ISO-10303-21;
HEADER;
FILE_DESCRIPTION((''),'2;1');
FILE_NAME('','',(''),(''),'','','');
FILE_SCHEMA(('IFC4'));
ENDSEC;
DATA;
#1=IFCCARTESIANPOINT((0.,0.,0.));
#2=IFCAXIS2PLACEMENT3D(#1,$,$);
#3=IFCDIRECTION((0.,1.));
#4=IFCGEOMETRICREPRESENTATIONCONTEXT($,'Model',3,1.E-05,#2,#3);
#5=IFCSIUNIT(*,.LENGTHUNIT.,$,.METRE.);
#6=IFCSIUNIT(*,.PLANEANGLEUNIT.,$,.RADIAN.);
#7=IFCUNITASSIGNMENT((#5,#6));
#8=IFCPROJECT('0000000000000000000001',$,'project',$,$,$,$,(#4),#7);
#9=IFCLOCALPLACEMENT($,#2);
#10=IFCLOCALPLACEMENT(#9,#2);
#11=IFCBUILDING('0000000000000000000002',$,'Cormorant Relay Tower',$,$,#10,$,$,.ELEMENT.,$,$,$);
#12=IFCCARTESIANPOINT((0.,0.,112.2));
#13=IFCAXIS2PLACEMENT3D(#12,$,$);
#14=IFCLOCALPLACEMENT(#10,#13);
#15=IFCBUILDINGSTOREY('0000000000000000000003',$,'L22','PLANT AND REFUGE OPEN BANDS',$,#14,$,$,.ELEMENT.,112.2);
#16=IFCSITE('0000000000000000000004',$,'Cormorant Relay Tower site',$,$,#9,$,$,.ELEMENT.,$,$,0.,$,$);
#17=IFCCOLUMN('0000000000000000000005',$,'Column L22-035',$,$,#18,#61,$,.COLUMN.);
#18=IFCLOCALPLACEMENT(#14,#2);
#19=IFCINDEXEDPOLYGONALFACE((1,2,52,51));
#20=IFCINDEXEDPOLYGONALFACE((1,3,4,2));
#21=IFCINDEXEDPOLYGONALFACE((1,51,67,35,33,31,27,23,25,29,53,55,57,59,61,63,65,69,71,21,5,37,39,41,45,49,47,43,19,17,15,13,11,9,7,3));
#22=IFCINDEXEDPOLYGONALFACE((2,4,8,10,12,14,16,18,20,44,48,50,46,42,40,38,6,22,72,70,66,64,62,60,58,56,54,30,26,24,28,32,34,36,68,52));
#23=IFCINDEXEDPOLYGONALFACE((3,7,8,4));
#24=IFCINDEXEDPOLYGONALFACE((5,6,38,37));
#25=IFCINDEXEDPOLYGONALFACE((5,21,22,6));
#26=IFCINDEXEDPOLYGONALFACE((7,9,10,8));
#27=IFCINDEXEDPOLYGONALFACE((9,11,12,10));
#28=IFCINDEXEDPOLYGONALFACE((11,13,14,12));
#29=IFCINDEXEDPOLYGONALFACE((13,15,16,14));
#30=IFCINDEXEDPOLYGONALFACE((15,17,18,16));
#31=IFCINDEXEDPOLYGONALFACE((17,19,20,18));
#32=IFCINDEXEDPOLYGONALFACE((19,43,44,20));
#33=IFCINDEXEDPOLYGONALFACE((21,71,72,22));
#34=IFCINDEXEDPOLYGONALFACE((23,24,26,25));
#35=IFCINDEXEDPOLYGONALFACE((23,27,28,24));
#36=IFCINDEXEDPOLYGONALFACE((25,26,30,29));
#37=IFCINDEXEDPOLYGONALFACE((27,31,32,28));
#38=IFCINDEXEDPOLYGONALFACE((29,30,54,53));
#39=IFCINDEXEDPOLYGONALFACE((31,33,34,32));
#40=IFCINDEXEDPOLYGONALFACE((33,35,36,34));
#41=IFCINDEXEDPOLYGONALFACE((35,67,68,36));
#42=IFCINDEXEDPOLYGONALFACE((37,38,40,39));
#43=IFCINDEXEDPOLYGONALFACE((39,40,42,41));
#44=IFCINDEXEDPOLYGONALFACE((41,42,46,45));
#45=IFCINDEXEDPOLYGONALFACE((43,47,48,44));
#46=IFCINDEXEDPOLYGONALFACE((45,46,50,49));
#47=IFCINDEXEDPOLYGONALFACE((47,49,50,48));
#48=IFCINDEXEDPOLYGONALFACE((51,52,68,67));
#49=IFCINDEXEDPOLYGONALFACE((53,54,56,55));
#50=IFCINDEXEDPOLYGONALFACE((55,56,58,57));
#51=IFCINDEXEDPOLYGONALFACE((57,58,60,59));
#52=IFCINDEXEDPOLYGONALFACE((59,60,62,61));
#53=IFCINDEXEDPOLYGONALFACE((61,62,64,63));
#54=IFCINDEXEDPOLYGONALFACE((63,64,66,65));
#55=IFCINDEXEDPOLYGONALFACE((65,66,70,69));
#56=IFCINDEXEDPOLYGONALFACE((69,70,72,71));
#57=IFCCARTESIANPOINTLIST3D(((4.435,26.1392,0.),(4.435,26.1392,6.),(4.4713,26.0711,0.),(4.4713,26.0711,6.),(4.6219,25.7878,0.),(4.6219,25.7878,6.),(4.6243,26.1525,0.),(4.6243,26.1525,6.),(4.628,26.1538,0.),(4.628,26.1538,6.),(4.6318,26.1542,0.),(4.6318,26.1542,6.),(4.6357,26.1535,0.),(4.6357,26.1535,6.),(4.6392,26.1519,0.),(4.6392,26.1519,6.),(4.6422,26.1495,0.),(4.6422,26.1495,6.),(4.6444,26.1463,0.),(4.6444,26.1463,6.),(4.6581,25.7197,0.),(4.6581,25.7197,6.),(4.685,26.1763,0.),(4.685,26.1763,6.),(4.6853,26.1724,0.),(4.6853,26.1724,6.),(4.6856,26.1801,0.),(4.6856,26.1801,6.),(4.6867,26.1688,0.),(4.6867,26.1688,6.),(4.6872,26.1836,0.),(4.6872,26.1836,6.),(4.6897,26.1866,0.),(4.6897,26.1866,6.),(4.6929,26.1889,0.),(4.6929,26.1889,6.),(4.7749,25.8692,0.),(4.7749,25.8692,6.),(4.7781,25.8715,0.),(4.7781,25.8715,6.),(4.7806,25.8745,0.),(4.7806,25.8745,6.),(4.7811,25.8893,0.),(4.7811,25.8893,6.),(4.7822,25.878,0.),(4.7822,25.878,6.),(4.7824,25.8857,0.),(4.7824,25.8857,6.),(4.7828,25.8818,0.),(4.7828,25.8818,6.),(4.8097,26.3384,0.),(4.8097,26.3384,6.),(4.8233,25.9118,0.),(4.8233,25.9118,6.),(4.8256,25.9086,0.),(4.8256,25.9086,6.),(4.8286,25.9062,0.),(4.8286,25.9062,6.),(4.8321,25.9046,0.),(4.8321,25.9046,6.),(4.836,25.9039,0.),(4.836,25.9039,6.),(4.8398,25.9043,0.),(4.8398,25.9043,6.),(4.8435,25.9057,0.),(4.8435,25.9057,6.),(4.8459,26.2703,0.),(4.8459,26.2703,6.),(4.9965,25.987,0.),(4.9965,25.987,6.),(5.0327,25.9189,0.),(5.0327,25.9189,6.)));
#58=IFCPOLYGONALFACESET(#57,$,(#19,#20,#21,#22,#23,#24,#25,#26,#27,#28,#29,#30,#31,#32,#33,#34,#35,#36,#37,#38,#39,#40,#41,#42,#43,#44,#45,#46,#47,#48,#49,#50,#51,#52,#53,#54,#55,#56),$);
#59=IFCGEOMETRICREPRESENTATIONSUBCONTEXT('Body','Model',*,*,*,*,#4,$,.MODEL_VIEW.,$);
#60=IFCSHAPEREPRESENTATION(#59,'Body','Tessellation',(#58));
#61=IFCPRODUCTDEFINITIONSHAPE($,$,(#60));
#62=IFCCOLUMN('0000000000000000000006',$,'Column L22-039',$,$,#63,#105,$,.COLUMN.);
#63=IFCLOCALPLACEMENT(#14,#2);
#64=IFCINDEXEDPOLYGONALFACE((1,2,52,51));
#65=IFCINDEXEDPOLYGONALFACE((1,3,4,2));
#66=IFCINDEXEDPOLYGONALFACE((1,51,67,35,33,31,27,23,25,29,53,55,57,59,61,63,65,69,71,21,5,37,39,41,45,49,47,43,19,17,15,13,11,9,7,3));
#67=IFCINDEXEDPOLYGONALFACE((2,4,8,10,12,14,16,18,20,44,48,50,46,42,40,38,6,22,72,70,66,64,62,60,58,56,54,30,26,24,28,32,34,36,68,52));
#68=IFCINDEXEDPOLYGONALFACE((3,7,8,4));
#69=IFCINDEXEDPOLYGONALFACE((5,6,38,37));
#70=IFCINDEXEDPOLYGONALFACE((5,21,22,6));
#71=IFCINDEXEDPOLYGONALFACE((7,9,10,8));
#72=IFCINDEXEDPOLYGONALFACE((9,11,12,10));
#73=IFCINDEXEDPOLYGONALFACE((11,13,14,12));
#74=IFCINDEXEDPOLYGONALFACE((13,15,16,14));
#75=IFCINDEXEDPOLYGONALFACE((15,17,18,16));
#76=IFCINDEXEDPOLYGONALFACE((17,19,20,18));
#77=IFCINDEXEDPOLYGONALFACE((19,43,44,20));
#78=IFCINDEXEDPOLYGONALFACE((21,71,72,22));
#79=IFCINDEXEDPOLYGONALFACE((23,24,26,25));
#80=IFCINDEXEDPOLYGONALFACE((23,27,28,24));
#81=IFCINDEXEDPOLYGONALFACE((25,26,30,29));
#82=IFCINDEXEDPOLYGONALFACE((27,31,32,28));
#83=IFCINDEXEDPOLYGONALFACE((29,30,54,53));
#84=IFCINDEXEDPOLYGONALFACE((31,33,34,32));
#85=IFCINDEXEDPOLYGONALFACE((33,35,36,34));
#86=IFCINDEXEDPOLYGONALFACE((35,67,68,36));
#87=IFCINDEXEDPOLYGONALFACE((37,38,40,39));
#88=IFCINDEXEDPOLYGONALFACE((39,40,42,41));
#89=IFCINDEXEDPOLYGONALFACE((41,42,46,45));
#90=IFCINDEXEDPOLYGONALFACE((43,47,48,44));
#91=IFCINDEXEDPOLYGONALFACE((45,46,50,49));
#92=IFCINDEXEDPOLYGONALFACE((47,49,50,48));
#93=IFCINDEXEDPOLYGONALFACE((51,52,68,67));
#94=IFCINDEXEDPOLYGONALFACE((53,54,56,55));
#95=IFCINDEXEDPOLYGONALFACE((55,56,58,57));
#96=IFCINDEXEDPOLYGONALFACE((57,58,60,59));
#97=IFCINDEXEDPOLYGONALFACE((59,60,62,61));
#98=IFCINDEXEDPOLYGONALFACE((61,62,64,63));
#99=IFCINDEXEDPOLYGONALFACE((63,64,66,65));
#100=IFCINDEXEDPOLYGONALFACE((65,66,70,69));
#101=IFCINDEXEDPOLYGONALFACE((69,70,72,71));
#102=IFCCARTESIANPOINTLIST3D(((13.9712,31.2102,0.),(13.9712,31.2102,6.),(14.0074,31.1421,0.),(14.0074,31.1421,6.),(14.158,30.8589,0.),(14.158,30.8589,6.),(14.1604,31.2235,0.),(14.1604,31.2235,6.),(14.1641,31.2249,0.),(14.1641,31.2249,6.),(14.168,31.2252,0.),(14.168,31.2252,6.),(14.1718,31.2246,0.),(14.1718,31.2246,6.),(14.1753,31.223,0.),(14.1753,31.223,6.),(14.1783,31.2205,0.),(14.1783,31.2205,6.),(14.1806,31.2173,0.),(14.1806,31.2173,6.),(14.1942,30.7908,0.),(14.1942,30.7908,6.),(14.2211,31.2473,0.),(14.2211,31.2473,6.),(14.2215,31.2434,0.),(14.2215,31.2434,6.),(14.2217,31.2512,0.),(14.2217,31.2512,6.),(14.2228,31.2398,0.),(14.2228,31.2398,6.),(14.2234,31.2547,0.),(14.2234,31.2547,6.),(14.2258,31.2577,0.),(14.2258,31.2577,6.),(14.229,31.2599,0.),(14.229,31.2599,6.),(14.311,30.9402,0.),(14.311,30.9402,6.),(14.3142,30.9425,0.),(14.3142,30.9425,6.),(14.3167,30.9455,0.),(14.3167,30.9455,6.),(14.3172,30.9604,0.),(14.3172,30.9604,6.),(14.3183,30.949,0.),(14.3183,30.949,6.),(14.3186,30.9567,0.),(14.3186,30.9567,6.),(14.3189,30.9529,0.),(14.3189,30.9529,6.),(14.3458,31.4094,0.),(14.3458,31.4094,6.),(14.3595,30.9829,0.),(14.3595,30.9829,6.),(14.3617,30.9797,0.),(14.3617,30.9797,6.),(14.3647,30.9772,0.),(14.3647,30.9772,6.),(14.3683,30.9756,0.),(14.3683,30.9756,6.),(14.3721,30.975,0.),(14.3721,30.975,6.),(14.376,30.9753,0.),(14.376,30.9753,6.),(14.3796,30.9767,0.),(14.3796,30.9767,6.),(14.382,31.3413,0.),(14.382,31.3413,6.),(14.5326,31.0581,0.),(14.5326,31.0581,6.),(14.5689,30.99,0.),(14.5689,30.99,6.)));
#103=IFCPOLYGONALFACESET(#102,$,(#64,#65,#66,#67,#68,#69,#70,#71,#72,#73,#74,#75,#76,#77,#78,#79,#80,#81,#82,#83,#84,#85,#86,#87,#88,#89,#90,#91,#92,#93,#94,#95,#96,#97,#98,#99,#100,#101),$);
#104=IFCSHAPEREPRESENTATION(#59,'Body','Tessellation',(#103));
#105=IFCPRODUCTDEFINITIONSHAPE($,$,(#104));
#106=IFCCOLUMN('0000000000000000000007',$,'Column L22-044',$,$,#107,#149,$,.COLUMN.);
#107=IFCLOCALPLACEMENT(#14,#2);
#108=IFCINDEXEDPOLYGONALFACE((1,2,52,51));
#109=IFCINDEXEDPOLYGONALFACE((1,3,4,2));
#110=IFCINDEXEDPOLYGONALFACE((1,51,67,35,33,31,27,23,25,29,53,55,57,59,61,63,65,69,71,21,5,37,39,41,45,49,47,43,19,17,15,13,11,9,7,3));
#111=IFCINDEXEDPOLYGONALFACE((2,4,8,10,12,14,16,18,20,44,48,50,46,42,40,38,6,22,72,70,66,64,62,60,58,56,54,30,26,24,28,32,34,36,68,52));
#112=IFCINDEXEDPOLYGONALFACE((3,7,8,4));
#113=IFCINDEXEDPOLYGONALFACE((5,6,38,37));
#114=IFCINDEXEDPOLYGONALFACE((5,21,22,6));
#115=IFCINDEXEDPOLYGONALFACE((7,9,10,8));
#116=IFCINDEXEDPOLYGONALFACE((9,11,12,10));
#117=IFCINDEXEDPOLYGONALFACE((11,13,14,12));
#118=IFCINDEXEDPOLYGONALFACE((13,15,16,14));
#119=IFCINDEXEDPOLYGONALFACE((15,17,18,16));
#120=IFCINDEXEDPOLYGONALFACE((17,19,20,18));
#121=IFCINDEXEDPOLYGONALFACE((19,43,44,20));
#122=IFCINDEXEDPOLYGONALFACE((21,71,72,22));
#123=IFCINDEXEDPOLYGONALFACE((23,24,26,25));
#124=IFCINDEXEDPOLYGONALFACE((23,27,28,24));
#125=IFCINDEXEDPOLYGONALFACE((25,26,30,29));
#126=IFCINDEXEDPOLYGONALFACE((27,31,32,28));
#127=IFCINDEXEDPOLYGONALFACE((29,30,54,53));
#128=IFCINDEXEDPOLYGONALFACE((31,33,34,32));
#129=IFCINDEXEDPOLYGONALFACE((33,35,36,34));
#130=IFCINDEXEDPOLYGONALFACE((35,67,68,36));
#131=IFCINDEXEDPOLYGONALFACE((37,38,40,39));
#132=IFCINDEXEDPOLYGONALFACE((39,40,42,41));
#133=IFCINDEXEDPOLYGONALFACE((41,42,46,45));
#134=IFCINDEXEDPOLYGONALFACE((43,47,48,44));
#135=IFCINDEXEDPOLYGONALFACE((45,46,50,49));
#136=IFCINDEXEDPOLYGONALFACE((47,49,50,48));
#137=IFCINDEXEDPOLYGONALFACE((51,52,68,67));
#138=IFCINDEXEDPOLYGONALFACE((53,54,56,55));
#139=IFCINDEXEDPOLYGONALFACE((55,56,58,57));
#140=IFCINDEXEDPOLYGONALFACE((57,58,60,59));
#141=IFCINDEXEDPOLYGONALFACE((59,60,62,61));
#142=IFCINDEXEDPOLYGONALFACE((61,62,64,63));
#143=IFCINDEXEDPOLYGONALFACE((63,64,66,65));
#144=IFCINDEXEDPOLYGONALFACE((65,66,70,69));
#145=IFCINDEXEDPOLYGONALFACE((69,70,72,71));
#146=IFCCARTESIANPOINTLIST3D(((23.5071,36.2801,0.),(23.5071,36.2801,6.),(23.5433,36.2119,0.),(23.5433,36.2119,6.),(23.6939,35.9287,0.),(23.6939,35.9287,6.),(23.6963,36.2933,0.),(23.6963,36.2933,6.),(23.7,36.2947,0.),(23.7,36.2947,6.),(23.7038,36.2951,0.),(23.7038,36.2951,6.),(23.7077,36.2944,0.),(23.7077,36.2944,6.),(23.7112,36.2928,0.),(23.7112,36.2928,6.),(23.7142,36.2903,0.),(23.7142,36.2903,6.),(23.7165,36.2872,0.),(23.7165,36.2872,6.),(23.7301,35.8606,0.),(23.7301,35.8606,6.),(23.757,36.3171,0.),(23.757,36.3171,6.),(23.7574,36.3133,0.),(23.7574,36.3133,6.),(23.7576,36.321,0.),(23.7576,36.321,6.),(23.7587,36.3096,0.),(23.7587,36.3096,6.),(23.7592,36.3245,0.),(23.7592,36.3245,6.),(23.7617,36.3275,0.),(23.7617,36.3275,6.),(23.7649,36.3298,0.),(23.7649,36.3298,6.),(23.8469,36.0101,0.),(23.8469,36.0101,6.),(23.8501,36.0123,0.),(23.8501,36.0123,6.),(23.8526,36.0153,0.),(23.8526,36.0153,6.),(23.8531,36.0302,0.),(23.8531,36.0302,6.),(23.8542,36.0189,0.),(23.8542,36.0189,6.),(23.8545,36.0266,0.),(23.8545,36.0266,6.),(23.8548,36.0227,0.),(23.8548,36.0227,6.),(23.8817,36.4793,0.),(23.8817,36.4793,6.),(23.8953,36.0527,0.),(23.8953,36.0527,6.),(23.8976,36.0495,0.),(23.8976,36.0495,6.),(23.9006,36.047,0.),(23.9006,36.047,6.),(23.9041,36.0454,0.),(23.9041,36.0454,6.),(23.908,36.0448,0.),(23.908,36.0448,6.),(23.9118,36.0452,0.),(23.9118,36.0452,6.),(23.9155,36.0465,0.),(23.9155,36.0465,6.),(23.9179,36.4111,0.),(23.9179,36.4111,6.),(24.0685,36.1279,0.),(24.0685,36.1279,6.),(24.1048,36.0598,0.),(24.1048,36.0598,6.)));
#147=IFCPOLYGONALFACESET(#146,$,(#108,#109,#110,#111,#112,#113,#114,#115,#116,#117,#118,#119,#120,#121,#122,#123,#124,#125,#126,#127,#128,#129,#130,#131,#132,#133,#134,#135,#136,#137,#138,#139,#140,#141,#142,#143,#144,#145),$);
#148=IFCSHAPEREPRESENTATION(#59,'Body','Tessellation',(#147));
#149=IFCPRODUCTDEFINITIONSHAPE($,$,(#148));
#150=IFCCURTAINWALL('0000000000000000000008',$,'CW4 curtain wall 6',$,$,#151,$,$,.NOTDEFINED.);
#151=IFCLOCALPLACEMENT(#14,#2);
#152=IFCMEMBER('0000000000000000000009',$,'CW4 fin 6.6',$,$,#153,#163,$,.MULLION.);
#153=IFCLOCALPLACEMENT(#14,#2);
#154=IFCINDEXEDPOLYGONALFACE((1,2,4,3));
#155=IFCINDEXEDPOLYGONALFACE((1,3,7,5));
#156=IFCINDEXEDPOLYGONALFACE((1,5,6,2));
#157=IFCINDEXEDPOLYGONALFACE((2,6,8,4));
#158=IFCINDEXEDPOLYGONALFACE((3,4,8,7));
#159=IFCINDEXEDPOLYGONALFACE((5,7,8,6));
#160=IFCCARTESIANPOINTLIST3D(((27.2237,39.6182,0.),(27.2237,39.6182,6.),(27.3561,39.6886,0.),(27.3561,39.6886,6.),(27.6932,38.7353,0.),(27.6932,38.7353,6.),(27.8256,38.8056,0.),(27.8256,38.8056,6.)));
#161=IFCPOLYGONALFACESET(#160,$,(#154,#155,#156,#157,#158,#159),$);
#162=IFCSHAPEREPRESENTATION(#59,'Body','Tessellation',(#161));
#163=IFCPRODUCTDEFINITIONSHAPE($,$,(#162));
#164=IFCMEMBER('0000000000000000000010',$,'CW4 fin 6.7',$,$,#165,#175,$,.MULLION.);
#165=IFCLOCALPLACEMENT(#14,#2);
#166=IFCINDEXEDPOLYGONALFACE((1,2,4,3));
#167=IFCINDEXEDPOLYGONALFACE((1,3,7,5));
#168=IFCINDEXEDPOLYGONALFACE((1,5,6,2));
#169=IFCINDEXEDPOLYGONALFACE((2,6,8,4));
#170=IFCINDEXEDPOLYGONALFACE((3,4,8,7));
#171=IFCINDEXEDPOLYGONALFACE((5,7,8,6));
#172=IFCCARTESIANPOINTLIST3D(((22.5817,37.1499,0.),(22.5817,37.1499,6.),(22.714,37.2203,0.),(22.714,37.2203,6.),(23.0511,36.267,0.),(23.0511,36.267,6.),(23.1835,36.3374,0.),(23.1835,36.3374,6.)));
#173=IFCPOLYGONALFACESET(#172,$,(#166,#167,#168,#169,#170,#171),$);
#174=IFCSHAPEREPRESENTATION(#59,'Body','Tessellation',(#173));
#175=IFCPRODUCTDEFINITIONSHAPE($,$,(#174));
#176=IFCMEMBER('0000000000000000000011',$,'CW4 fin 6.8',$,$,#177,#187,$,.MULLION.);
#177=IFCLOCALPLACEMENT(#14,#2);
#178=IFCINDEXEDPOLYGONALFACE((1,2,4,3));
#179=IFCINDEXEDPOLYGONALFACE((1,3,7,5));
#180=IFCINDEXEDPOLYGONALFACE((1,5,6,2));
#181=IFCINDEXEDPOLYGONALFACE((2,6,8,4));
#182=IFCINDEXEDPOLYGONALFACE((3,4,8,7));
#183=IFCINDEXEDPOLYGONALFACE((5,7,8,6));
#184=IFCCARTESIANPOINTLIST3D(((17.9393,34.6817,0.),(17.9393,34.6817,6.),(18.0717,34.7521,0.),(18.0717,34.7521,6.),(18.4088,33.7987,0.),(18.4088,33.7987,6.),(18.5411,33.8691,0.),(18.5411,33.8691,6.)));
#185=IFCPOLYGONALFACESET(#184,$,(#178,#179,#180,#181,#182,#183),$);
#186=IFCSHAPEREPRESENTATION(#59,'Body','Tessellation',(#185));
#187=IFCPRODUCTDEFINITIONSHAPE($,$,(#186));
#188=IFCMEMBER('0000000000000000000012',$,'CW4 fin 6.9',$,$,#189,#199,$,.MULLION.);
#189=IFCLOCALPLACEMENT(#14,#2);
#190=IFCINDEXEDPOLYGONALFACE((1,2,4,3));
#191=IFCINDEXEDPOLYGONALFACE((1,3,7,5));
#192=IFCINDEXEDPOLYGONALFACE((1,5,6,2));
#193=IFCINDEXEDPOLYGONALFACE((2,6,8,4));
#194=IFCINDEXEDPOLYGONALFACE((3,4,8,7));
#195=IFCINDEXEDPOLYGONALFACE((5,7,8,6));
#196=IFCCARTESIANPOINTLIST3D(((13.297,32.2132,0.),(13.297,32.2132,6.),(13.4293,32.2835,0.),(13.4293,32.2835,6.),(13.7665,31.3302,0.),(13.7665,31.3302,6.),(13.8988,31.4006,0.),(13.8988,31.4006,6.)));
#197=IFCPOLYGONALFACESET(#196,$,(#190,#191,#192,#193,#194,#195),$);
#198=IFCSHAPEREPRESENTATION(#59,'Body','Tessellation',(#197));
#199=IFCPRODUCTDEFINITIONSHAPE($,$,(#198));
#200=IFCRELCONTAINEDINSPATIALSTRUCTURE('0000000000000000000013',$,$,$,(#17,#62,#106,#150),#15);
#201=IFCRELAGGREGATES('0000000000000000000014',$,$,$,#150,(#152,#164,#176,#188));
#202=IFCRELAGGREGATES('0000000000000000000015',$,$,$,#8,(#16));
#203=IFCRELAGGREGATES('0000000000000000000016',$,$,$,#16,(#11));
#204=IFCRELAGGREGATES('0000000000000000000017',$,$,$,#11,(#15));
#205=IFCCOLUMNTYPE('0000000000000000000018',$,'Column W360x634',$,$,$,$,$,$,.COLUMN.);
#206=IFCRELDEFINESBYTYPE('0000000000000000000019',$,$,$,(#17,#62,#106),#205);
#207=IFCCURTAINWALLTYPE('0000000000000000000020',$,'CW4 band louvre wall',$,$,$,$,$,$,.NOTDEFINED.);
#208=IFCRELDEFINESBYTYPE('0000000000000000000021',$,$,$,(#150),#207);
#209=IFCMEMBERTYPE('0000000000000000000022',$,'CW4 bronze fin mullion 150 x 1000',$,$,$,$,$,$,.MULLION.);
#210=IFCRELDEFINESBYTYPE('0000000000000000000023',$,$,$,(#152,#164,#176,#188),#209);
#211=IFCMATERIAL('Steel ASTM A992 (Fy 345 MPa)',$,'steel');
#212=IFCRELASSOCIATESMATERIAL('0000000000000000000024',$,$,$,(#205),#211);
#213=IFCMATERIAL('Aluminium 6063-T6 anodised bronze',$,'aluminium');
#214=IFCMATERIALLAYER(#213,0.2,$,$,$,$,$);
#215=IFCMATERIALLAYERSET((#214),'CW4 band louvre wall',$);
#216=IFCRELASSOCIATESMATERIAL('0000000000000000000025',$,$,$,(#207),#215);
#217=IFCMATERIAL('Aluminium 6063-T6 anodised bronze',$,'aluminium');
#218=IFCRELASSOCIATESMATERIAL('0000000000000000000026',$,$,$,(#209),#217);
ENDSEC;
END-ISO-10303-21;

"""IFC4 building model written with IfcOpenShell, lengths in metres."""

from ifc_helpers import new_model, si_unit, direction, frame, origin, origin_2d, place, context, subcontext, project, spatial, rectangle, i_section, extrude, material, layer, layer_set, material_profile, profile_set, type_object, element, aggregate, save


model = new_model("IFC4")

# Units and contexts
model_context = context("Model", 3, precision=1e-05, world=origin(), true_north=direction((0.0, 1.0)))
body_context = subcontext(model_context, "Body", "Model", "MODEL_VIEW")
ifc_project = project(units=[si_unit("LENGTHUNIT", "METRE"), si_unit("PLANEANGLEUNIT", "RADIAN")], contexts=[model_context])

# Site, building, storey
site_placement = place(None, origin())
site = spatial("IfcSite", under=ifc_project, at=site_placement, Name="Cormorant Relay Tower site", CompositionType="ELEMENT", RefElevation=0.0)
building_placement = place(site_placement, origin())
building = spatial("IfcBuilding", under=site, at=building_placement, Name="Cormorant Relay Tower", CompositionType="ELEMENT")
storey_placement = place(building_placement, frame((0.0, 0.0, 112.2)))
storey = spatial("IfcBuildingStorey", under=building, at=storey_placement, Name="L22", Description="PLANT AND REFUGE OPEN BANDS", CompositionType="ELEMENT", Elevation=112.2)

# Columns
ifc_material_1 = material(Name="Steel ASTM A992 (Fy 345 MPa)", Category="steel")
ifc_material_profile_1 = material_profile(ifc_material_1, i_section(OverallWidth=0.4243, OverallDepth=0.4751, WebThickness=0.0479, FlangeThickness=0.0771, FilletRadius=0.0149, at=origin_2d()), Name="W360x634")
ifc_profile_set_1 = profile_set([ifc_material_profile_1], Name="Steel ASTM A992 (Fy 345 MPa)")
column_type = type_object("IfcColumnType", Name="Column W360x634", PredefinedType="COLUMN", material=ifc_profile_set_1)
for number, where, z_axis, x_axis, name in (
    (1, (4.7339, 26.0291, 0.0), (0.0, 0.0, 1.0), (-0.882948, -0.469472, 0.0), "Column L22-035"),
    (2, (14.27, 31.1001, 0.0), (0.0, 0.0, 1.0), (-0.882948, -0.469472, 0.0), "Column L22-039"),
    (3, (23.8059, 36.1699, 0.0), (0.0, 0.0, 1.0), (-0.882948, -0.469472, 0.0), "Column L22-044"),
):
    element("IfcColumn", number, at=place(storey_placement, frame(where, z_axis=z_axis, x_axis=x_axis)), inside=storey, type_object=column_type, Name=name, PredefinedType="COLUMN", context=body_context, shape_type="SweptSolid", body=[
        extrude(i_section(OverallWidth=0.4243, OverallDepth=0.4751, WebThickness=0.0479, FlangeThickness=0.0771, FilletRadius=0.0149, at=origin_2d()), origin(), (0.0, 0.0, 1.0), 6.0),
    ])

# Curtain wall, members
ifc_material_2 = material(Name="Aluminium 6063-T6 anodised bronze", Category="aluminium")
ifc_layer_1 = layer(ifc_material_2, 0.2)
ifc_layer_set_1 = layer_set([ifc_layer_1], Name="CW4 band louvre wall")
curtain_wall_type = type_object("IfcCurtainWallType", Name="CW4 band louvre wall", PredefinedType="NOTDEFINED", material=ifc_layer_set_1)
curtain_wall_placement = place(storey_placement, origin())
curtain_wall = element("IfcCurtainWall", 4, at=curtain_wall_placement, inside=storey, type_object=curtain_wall_type, Name="CW4 curtain wall 6", PredefinedType="NOTDEFINED")
ifc_material_3 = material(Name="Aluminium 6063-T6 anodised bronze", Category="aluminium")
ifc_material_profile_2 = material_profile(ifc_material_3, rectangle(XDim=0.1499, YDim=1.0, at=origin_2d()), Name="AL 150x1000")
ifc_profile_set_2 = profile_set([ifc_material_profile_2], Name="Aluminium 6063-T6 anodised bronze")
member_type = type_object("IfcMemberType", Name="CW4 bronze fin mullion 150 x 1000", PredefinedType="MULLION", material=ifc_profile_set_2)
member_1_placement = place(storey_placement, frame((27.5247, 39.2119, 0.0), z_axis=(0.0, 0.0, 1.0), x_axis=(-0.882948, -0.469472, 0.0)))
member_1 = element("IfcMember", 5, at=member_1_placement, type_object=member_type, Name="CW4 fin 6.6", PredefinedType="MULLION", context=body_context, shape_type="SweptSolid", body=[
    extrude(rectangle(XDim=0.1499, YDim=1.0, at=origin_2d()), origin(), (0.0, 0.0, 1.0), 6.0),
])
member_2_placement = place(storey_placement, frame((22.8826, 36.7437, 0.0), z_axis=(0.0, 0.0, 1.0), x_axis=(-0.882948, -0.469472, 0.0)))
member_2 = element("IfcMember", 6, at=member_2_placement, type_object=member_type, Name="CW4 fin 6.7", PredefinedType="MULLION", context=body_context, shape_type="SweptSolid", body=[
    extrude(rectangle(XDim=0.1499, YDim=1.0, at=origin_2d()), origin(), (0.0, 0.0, 1.0), 6.0),
])
member_3_placement = place(storey_placement, frame((18.2402, 34.2754, 0.0), z_axis=(0.0, 0.0, 1.0), x_axis=(-0.882948, -0.469472, 0.0)))
member_3 = element("IfcMember", 7, at=member_3_placement, type_object=member_type, Name="CW4 fin 6.8", PredefinedType="MULLION", context=body_context, shape_type="SweptSolid", body=[
    extrude(rectangle(XDim=0.1499, YDim=1.0, at=origin_2d()), origin(), (0.0, 0.0, 1.0), 6.0),
])
member_4_placement = place(storey_placement, frame((13.5979, 31.8069, 0.0), z_axis=(0.0, 0.0, 1.0), x_axis=(-0.882948, -0.469472, 0.0)))
member_4 = element("IfcMember", 8, at=member_4_placement, type_object=member_type, Name="CW4 fin 6.9", PredefinedType="MULLION", context=body_context, shape_type="SweptSolid", body=[
    extrude(rectangle(XDim=0.1499, YDim=1.0, at=origin_2d()), origin(), (0.0, 0.0, 1.0), 6.0),
])

aggregate(curtain_wall, [member_1, member_2, member_3, member_4])

save(model, "model.ifc")
